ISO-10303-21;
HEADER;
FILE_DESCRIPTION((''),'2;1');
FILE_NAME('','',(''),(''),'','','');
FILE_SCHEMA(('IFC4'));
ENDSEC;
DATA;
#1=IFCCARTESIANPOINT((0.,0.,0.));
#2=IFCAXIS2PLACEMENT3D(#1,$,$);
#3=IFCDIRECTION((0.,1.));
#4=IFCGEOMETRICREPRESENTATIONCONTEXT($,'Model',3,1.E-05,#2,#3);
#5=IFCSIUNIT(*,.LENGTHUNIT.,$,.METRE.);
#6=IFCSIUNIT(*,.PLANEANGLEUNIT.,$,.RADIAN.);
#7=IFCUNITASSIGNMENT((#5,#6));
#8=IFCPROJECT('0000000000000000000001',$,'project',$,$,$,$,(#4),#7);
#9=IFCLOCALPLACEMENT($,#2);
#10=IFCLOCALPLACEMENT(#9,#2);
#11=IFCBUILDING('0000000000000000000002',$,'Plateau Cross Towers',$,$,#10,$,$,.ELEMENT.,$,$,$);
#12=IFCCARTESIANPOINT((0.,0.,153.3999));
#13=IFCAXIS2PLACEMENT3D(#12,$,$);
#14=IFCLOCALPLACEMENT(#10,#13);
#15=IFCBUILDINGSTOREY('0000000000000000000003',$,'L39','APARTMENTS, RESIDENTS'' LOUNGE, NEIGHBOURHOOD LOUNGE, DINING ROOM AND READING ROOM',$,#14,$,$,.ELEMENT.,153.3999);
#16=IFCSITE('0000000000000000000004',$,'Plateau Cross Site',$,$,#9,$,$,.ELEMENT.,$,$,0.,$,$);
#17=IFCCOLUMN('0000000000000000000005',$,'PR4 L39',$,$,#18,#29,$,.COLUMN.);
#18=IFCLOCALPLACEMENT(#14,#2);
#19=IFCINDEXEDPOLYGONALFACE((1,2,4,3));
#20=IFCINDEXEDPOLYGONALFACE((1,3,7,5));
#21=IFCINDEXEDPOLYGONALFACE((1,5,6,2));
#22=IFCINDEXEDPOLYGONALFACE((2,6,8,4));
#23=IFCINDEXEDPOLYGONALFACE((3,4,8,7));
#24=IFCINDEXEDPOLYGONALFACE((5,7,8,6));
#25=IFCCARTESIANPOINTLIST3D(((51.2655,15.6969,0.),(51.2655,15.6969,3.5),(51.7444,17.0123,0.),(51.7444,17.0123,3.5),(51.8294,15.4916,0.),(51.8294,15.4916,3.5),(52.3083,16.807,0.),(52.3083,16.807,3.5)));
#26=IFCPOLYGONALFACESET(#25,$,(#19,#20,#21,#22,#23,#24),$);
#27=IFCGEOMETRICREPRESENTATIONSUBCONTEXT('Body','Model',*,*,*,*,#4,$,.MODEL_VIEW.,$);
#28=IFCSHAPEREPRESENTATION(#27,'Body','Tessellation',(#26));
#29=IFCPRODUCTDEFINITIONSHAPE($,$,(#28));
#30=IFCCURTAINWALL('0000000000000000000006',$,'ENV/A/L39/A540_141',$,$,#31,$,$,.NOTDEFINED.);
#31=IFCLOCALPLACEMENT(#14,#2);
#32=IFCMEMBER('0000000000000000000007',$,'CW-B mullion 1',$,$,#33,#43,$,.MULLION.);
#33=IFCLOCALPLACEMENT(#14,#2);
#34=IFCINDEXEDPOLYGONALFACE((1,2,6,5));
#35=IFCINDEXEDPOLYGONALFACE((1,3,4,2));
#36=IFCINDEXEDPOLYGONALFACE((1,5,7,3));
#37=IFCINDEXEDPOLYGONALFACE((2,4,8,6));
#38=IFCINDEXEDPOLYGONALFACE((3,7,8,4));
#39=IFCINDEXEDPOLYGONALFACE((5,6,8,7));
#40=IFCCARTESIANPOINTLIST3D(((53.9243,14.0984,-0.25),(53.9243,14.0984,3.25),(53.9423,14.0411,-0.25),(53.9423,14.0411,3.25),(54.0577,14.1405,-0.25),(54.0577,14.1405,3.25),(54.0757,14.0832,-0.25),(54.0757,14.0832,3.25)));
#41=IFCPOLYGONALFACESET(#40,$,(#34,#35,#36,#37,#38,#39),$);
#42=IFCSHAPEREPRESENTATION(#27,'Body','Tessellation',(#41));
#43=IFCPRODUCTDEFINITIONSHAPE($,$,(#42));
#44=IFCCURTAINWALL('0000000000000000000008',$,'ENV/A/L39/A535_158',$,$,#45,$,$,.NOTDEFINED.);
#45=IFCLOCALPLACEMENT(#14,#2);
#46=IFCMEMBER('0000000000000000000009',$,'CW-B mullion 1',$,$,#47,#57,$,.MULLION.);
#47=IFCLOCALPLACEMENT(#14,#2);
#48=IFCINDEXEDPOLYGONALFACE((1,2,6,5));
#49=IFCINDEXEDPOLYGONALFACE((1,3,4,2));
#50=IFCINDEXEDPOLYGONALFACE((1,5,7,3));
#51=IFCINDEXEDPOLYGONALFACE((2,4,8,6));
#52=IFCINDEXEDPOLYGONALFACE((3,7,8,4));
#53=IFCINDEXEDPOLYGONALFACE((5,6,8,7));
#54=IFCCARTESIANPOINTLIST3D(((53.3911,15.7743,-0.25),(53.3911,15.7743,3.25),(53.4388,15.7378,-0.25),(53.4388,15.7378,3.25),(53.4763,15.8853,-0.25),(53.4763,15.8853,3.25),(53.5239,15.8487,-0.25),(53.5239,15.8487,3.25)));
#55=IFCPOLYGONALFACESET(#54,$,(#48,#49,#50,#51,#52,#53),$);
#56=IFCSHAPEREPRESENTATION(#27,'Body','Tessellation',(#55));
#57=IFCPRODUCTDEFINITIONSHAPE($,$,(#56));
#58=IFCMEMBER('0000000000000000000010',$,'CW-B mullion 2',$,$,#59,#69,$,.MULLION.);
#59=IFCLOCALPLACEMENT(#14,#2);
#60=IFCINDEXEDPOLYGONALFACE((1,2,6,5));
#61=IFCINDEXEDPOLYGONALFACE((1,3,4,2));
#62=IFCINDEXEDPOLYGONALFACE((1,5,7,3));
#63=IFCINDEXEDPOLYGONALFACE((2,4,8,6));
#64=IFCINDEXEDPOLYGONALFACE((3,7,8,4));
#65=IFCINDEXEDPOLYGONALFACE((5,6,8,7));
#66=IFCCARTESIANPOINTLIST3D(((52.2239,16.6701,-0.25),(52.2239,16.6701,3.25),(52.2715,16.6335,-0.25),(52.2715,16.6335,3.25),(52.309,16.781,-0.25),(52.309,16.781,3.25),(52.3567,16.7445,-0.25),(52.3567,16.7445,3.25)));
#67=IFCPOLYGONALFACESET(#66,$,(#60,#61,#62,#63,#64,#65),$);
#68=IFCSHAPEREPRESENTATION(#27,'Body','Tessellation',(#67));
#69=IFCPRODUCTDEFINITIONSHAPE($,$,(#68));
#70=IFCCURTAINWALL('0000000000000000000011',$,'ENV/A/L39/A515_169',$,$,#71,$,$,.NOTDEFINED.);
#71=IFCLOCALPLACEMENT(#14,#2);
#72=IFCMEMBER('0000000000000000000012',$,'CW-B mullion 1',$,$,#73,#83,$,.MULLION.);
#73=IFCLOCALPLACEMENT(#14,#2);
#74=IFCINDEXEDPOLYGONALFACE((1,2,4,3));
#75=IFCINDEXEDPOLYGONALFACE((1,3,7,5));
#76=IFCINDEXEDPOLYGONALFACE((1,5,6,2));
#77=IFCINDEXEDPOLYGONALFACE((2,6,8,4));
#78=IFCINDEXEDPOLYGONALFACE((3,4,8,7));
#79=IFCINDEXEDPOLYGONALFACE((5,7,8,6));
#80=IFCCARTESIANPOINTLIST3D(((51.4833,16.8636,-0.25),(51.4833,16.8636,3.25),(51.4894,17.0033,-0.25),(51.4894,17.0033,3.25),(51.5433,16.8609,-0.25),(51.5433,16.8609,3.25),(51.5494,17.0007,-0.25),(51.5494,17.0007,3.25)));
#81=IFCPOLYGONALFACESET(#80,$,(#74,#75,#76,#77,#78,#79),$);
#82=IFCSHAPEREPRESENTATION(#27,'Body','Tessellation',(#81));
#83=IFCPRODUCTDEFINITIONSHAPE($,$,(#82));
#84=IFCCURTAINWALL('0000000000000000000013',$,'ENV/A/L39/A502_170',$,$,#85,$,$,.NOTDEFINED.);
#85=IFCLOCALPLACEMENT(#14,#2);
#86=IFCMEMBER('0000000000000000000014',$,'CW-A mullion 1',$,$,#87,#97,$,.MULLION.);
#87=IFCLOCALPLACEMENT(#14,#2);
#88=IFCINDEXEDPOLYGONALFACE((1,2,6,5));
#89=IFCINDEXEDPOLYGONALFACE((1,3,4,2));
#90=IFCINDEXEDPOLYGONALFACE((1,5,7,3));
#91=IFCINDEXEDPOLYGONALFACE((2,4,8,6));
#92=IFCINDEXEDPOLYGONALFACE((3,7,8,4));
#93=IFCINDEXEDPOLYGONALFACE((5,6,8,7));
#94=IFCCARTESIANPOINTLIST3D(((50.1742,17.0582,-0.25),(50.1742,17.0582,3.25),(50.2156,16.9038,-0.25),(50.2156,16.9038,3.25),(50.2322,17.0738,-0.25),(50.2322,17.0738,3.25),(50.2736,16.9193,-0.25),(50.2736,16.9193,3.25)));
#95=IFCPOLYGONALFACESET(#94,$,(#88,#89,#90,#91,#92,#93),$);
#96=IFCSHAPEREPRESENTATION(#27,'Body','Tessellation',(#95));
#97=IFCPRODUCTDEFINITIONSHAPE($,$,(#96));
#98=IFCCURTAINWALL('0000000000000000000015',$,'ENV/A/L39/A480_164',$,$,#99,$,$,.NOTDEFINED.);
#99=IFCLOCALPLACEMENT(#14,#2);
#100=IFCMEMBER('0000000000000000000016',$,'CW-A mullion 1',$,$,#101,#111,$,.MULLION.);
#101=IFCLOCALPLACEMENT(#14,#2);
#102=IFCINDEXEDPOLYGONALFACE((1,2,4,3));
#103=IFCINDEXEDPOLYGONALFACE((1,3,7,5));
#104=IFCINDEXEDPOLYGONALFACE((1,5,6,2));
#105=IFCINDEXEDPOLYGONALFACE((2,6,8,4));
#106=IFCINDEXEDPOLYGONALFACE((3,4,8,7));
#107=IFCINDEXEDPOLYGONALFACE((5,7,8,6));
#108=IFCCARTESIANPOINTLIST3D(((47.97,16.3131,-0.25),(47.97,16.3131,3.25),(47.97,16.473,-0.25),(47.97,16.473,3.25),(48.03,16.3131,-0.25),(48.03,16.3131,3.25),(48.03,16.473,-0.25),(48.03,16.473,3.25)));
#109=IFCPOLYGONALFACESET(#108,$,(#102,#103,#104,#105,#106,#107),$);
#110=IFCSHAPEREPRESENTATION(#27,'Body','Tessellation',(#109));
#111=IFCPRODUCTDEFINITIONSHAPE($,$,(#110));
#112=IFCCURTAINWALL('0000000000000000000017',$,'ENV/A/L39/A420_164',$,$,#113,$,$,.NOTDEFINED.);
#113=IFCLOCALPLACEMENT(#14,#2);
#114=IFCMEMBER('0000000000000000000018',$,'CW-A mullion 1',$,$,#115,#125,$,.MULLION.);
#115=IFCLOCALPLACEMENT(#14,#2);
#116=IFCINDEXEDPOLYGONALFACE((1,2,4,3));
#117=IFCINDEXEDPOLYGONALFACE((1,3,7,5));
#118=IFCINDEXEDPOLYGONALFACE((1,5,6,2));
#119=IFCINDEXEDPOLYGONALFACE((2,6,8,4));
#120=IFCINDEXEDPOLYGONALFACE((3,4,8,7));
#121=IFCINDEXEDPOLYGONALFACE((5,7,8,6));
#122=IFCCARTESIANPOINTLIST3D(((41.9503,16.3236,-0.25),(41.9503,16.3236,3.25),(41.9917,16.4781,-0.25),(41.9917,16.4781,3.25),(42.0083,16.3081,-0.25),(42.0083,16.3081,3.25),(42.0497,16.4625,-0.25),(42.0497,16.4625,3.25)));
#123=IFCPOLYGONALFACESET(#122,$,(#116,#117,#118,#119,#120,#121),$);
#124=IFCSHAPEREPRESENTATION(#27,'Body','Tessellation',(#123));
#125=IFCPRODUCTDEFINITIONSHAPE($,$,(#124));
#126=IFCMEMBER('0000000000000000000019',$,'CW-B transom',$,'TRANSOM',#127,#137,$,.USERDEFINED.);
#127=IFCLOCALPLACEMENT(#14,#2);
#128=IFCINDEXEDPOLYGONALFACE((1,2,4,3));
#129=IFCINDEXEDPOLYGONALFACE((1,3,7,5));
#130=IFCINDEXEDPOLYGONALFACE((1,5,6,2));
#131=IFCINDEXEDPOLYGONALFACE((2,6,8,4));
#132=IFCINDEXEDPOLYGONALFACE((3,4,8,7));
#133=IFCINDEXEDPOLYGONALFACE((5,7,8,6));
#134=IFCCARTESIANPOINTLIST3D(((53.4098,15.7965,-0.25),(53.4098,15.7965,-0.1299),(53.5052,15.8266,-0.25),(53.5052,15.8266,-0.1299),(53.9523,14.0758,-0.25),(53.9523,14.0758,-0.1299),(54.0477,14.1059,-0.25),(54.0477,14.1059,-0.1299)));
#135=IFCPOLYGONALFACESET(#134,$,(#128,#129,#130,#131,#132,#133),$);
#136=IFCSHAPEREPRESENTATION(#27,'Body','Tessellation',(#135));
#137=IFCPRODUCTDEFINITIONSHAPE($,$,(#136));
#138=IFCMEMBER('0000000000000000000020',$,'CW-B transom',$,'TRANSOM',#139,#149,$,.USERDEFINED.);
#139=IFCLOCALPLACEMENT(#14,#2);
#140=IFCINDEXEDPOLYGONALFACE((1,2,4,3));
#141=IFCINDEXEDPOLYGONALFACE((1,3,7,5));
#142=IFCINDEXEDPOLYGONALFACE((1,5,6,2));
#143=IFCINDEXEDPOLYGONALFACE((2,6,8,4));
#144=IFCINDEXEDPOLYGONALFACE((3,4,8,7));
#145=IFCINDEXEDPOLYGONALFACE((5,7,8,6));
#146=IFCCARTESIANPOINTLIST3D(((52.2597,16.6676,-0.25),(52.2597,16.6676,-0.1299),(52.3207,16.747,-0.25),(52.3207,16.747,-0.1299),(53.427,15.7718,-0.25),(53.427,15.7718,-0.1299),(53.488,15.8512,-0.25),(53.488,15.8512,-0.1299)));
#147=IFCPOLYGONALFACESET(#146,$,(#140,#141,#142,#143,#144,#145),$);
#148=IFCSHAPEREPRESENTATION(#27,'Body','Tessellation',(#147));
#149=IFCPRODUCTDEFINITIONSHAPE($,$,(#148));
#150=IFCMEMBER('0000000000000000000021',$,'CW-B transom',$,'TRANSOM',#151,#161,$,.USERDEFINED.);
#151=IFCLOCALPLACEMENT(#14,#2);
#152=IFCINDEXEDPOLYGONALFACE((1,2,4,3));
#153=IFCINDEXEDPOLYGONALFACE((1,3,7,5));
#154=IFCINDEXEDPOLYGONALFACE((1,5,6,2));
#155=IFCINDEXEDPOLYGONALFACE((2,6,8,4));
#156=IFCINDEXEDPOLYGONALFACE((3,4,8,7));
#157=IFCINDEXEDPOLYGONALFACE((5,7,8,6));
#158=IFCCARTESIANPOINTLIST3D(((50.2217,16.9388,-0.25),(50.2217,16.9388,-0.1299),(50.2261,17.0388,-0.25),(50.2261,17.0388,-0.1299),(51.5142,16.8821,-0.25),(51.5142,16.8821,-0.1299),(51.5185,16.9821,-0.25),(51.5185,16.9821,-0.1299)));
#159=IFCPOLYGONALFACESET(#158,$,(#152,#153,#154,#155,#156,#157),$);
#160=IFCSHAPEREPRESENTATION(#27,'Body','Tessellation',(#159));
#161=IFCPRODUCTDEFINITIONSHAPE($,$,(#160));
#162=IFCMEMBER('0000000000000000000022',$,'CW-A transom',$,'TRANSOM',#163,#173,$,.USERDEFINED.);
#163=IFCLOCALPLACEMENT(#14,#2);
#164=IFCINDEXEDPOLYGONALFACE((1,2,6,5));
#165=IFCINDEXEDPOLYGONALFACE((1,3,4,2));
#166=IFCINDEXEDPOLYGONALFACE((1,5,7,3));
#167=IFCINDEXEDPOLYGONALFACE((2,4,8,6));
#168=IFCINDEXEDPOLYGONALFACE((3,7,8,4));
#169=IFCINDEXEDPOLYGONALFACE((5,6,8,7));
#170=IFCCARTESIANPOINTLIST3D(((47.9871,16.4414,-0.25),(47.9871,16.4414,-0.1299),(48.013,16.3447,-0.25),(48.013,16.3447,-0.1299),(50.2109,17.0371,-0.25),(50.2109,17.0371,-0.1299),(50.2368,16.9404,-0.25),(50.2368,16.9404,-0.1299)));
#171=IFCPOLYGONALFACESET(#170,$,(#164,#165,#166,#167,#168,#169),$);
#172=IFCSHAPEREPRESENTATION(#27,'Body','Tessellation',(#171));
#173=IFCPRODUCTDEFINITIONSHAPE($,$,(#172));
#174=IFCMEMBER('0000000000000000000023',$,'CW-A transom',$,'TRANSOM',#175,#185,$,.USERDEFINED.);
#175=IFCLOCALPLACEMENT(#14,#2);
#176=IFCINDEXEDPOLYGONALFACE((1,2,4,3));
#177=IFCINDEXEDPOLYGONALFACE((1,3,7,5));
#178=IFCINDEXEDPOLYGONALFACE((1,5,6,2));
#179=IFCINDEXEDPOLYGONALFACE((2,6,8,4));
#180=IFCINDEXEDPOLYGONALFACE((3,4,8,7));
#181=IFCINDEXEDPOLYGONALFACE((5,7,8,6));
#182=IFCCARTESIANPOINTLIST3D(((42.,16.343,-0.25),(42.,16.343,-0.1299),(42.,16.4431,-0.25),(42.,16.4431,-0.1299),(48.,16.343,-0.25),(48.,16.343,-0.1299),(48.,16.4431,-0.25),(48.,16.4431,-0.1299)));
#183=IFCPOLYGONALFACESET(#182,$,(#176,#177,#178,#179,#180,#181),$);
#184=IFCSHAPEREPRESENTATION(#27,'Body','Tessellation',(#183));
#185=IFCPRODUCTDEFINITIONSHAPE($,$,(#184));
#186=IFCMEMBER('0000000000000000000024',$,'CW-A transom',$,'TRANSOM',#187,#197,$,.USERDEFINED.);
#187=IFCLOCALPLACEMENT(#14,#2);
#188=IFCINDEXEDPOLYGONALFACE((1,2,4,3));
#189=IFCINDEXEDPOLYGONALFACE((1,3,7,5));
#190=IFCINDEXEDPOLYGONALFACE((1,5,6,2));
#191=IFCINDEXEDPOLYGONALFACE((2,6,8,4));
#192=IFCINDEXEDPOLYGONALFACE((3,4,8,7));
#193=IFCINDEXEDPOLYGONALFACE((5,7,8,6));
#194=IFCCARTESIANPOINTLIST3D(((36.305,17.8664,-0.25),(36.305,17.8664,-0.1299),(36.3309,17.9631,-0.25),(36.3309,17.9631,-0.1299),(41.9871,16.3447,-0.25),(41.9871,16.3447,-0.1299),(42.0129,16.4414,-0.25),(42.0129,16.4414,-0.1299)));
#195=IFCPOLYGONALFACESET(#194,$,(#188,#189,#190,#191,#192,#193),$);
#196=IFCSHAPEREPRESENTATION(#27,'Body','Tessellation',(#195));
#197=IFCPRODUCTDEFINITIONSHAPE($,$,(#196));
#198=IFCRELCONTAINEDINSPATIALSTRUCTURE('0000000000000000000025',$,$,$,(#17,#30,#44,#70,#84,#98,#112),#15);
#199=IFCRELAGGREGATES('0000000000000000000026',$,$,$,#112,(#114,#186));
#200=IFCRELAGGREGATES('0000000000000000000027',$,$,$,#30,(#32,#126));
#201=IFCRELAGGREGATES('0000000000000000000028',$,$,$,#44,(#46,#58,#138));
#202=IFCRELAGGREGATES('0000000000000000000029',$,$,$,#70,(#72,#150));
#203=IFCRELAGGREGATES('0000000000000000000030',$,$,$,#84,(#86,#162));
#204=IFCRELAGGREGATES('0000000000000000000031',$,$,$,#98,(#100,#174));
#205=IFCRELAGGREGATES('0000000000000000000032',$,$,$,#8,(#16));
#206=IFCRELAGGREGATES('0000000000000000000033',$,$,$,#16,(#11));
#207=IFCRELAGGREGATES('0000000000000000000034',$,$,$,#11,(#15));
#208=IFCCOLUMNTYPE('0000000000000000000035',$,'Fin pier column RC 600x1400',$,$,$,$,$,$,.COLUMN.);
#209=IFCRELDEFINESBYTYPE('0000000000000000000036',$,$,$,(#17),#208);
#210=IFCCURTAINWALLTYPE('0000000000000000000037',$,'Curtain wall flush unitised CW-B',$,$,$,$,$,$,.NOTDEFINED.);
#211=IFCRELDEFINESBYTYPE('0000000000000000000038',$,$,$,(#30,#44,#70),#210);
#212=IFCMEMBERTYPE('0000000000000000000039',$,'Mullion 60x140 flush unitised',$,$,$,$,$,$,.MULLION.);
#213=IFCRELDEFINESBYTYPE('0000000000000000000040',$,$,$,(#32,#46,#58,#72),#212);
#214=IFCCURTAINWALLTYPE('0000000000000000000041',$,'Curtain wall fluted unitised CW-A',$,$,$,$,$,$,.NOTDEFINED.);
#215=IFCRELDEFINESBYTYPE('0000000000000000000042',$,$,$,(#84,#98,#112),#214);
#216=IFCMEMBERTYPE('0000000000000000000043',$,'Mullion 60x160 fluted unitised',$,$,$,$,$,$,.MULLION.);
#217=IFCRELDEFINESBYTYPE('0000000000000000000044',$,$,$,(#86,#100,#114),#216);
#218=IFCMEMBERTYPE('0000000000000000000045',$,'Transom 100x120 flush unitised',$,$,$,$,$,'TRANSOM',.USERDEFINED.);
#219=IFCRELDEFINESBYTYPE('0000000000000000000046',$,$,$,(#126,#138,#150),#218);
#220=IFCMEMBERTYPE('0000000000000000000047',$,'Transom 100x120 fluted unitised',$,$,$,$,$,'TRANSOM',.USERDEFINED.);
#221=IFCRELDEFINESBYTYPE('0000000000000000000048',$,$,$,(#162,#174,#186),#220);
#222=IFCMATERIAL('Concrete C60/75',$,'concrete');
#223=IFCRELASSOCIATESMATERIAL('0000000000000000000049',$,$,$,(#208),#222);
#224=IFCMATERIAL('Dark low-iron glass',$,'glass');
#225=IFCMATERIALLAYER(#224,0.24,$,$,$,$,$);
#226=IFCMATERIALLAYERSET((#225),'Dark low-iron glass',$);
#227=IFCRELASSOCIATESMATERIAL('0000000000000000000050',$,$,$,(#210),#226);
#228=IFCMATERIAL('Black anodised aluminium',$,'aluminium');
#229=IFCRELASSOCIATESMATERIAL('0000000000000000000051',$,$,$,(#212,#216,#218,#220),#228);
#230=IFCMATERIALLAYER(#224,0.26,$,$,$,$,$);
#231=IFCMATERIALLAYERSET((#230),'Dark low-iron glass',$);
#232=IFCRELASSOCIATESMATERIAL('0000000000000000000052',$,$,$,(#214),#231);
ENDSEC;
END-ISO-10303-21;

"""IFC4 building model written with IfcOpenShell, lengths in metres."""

from ifc_helpers import new_model, si_unit, direction, frame, origin, origin_2d, place, context, subcontext, project, spatial, rectangle, extrude, material, layer, layer_set, material_profile, profile_set, type_object, element, aggregate, save


model = new_model("IFC4")

# Units and contexts
model_context = context("Model", 3, precision=1e-05, world=origin(), true_north=direction((0.0, 1.0)))
body_context = subcontext(model_context, "Body", "Model", "MODEL_VIEW")
ifc_project = project(units=[si_unit("LENGTHUNIT", "METRE"), si_unit("PLANEANGLEUNIT", "RADIAN")], contexts=[model_context])

# Site, building, storey
site_placement = place(None, origin())
site = spatial("IfcSite", under=ifc_project, at=site_placement, Name="Plateau Cross Site", CompositionType="ELEMENT", RefElevation=0.0)
building_placement = place(site_placement, origin())
building = spatial("IfcBuilding", under=site, at=building_placement, Name="Plateau Cross Towers", CompositionType="ELEMENT")
storey_placement = place(building_placement, frame((0.0, 0.0, 153.3999)))
storey = spatial("IfcBuildingStorey", under=building, at=storey_placement, Name="L39", Description="APARTMENTS, RESIDENTS' LOUNGE, NEIGHBOURHOOD LOUNGE, DINING ROOM AND READING ROOM", CompositionType="ELEMENT", Elevation=153.3999)

# Column
ifc_material_1 = material(Name="Concrete C60/75", Category="concrete")
ifc_material_profile_1 = material_profile(ifc_material_1, rectangle(XDim=0.6001, YDim=1.3999, at=origin_2d()), Name="RC 600x1400")
ifc_profile_set_1 = profile_set([ifc_material_profile_1], Name="Concrete C60/75")
column_type = type_object("IfcColumnType", Name="Fin pier column RC 600x1400", PredefinedType="COLUMN", material=ifc_profile_set_1)
column_placement = place(storey_placement, frame((51.7869, 16.252, 0.0), z_axis=(0.0, 0.0, 1.0), x_axis=(-0.939664, 0.342098, 0.0)))
element("IfcColumn", 1, at=column_placement, inside=storey, type_object=column_type, Name="PR4 L39", PredefinedType="COLUMN", context=body_context, shape_type="SweptSolid", body=[
    extrude(rectangle(XDim=0.6001, YDim=1.3999, at=origin_2d()), origin(), (0.0, 0.0, 1.0), 3.5),
])

# Curtain wall, member
ifc_material_2 = material(Name="Dark low-iron glass", Category="glass")
ifc_layer_1 = layer(ifc_material_2, 0.24)
ifc_layer_set_1 = layer_set([ifc_layer_1], Name="Dark low-iron glass")
curtain_wall_type_1 = type_object("IfcCurtainWallType", Name="Curtain wall flush unitised CW-B", PredefinedType="NOTDEFINED", material=ifc_layer_set_1)
curtain_wall_1_placement = place(storey_placement, origin())
curtain_wall_1 = element("IfcCurtainWall", 2, at=curtain_wall_1_placement, inside=storey, type_object=curtain_wall_type_1, Name="ENV/A/L39/A540_141", PredefinedType="NOTDEFINED")
ifc_material_3 = material(Name="Black anodised aluminium", Category="aluminium")
ifc_material_profile_2 = material_profile(ifc_material_3, rectangle(XDim=0.0601, YDim=0.1399, at=origin_2d()), Name="MULLION 60x140")
ifc_profile_set_2 = profile_set([ifc_material_profile_2], Name="Black anodised aluminium")
member_type_1 = type_object("IfcMemberType", Name="Mullion 60x140 flush unitised", PredefinedType="MULLION", material=ifc_profile_set_2)
member_1_placement = place(storey_placement, frame((54.0, 14.0908, -0.25), z_axis=(0.0, 0.0, 1.0), x_axis=(-0.300686, 0.953723, 0.0)))
member_1 = element("IfcMember", 3, at=member_1_placement, type_object=member_type_1, Name="CW-B mullion 1", PredefinedType="MULLION", context=body_context, shape_type="SweptSolid", body=[
    extrude(rectangle(XDim=0.0601, YDim=0.1399, at=origin_2d()), origin(), (0.0, 0.0, 1.0), 3.5),
])

# Curtain wall, members
curtain_wall_2_placement = place(storey_placement, origin())
curtain_wall_2 = element("IfcCurtainWall", 4, at=curtain_wall_2_placement, inside=storey, type_object=curtain_wall_type_1, Name="ENV/A/L39/A535_158", PredefinedType="NOTDEFINED")
member_2_placement = place(storey_placement, frame((53.4575, 15.8115, -0.25), z_axis=(0.0, 0.0, 1.0), x_axis=(-0.793316, 0.608811, 0.0)))
member_2 = element("IfcMember", 5, at=member_2_placement, type_object=member_type_1, Name="CW-B mullion 1", PredefinedType="MULLION", context=body_context, shape_type="SweptSolid", body=[
    extrude(rectangle(XDim=0.0601, YDim=0.1399, at=origin_2d()), origin(), (0.0, 0.0, 1.0), 3.5),
])
member_3_placement = place(storey_placement, frame((52.2903, 16.7073, -0.25), z_axis=(0.0, 0.0, 1.0), x_axis=(-0.793316, 0.608811, 0.0)))
member_3 = element("IfcMember", 6, at=member_3_placement, type_object=member_type_1, Name="CW-B mullion 2", PredefinedType="MULLION", context=body_context, shape_type="SweptSolid", body=[
    extrude(rectangle(XDim=0.0601, YDim=0.1399, at=origin_2d()), origin(), (0.0, 0.0, 1.0), 3.5),
])

# Curtain walls, members
curtain_wall_3_placement = place(storey_placement, origin())
curtain_wall_3 = element("IfcCurtainWall", 7, at=curtain_wall_3_placement, inside=storey, type_object=curtain_wall_type_1, Name="ENV/A/L39/A515_169", PredefinedType="NOTDEFINED")
member_4_placement = place(storey_placement, frame((51.5164, 16.9321, -0.25), z_axis=(0.0, 0.0, 1.0), x_axis=(-0.999044, 0.043723, 0.0)))
member_4 = element("IfcMember", 8, at=member_4_placement, type_object=member_type_1, Name="CW-B mullion 1", PredefinedType="MULLION", context=body_context, shape_type="SweptSolid", body=[
    extrude(rectangle(XDim=0.0601, YDim=0.1399, at=origin_2d()), origin(), (0.0, 0.0, 1.0), 3.5),
])
ifc_layer_2 = layer(ifc_material_2, 0.26)
ifc_layer_set_2 = layer_set([ifc_layer_2], Name="Dark low-iron glass")
curtain_wall_type_2 = type_object("IfcCurtainWallType", Name="Curtain wall fluted unitised CW-A", PredefinedType="NOTDEFINED", material=ifc_layer_set_2)
curtain_wall_4_placement = place(storey_placement, origin())
curtain_wall_4 = element("IfcCurtainWall", 9, at=curtain_wall_4_placement, inside=storey, type_object=curtain_wall_type_2, Name="ENV/A/L39/A502_170", PredefinedType="NOTDEFINED")
ifc_material_profile_3 = material_profile(ifc_material_3, rectangle(XDim=0.0601, YDim=0.1599, at=origin_2d()), Name="MULLION 60x160")
ifc_profile_set_3 = profile_set([ifc_material_profile_3], Name="Black anodised aluminium")
member_type_2 = type_object("IfcMemberType", Name="Mullion 60x160 fluted unitised", PredefinedType="MULLION", material=ifc_profile_set_3)
member_5_placement = place(storey_placement, frame((50.2239, 16.9888, -0.25), z_axis=(0.0, 0.0, 1.0), x_axis=(-0.965958, -0.258699, 0.0)))
member_5 = element("IfcMember", 10, at=member_5_placement, type_object=member_type_2, Name="CW-A mullion 1", PredefinedType="MULLION", context=body_context, shape_type="SweptSolid", body=[
    extrude(rectangle(XDim=0.0601, YDim=0.1599, at=origin_2d()), origin(), (0.0, 0.0, 1.0), 3.5),
])
curtain_wall_5_placement = place(storey_placement, origin())
curtain_wall_5 = element("IfcCurtainWall", 11, at=curtain_wall_5_placement, inside=storey, type_object=curtain_wall_type_2, Name="ENV/A/L39/A480_164", PredefinedType="NOTDEFINED")
member_6_placement = place(storey_placement, frame((48.0, 16.3931, -0.25), z_axis=(0.0, 0.0, 1.0), x_axis=(-1.0, 0.0, 0.0)))
member_6 = element("IfcMember", 12, at=member_6_placement, type_object=member_type_2, Name="CW-A mullion 1", PredefinedType="MULLION", context=body_context, shape_type="SweptSolid", body=[
    extrude(rectangle(XDim=0.0601, YDim=0.1599, at=origin_2d()), origin(), (0.0, 0.0, 1.0), 3.5),
])
curtain_wall_6_placement = place(storey_placement, origin())
curtain_wall_6 = element("IfcCurtainWall", 13, at=curtain_wall_6_placement, inside=storey, type_object=curtain_wall_type_2, Name="ENV/A/L39/A420_164", PredefinedType="NOTDEFINED")
member_7_placement = place(storey_placement, frame((42.0, 16.3931, -0.25), z_axis=(0.0, 0.0, 1.0), x_axis=(-0.965958, 0.258699, 0.0)))
member_7 = element("IfcMember", 14, at=member_7_placement, type_object=member_type_2, Name="CW-A mullion 1", PredefinedType="MULLION", context=body_context, shape_type="SweptSolid", body=[
    extrude(rectangle(XDim=0.0601, YDim=0.1599, at=origin_2d()), origin(), (0.0, 0.0, 1.0), 3.5),
])

# Members
ifc_material_profile_4 = material_profile(ifc_material_3, rectangle(XDim=0.1001, YDim=0.1201, at=origin_2d()), Name="TRANSOM 100x120")
ifc_profile_set_4 = profile_set([ifc_material_profile_4], Name="Black anodised aluminium")
member_type_3 = type_object("IfcMemberType", Name="Transom 100x120 flush unitised", ElementType="TRANSOM", PredefinedType="USERDEFINED", material=ifc_profile_set_4)
member_8_placement = place(storey_placement, frame((54.0, 14.0908, -0.1899), z_axis=(-0.300678, 0.953726, 0.0), x_axis=(-0.953726, -0.300678, 0.0)))
member_8 = element("IfcMember", 15, at=member_8_placement, type_object=member_type_3, Name="CW-B transom", ObjectType="TRANSOM", PredefinedType="USERDEFINED", context=body_context, shape_type="SweptSolid", body=[
    extrude(rectangle(XDim=0.1001, YDim=0.1201, at=origin_2d()), origin(), (0.0, 0.0, 1.0), 1.8042),
])
member_9_placement = place(storey_placement, frame((53.4575, 15.8115, -0.1899), z_axis=(-0.793321, 0.608804, 0.0), x_axis=(-0.608804, -0.793321, 0.0)))
member_9 = element("IfcMember", 16, at=member_9_placement, type_object=member_type_3, Name="CW-B transom", ObjectType="TRANSOM", PredefinedType="USERDEFINED", context=body_context, shape_type="SweptSolid", body=[
    extrude(rectangle(XDim=0.1001, YDim=0.1201, at=origin_2d()), origin(), (0.0, 0.0, 1.0), 1.4714),
])
member_10_placement = place(storey_placement, frame((51.5164, 16.9321, -0.1899), z_axis=(-0.999041, 0.043781, 0.0), x_axis=(-0.043781, -0.999041, 0.0)))
member_10 = element("IfcMember", 17, at=member_10_placement, type_object=member_type_3, Name="CW-B transom", ObjectType="TRANSOM", PredefinedType="USERDEFINED", context=body_context, shape_type="SweptSolid", body=[
    extrude(rectangle(XDim=0.1001, YDim=0.1201, at=origin_2d()), origin(), (0.0, 0.0, 1.0), 1.2937),
])
ifc_material_profile_5 = material_profile(ifc_material_3, rectangle(XDim=0.1001, YDim=0.1201, at=origin_2d()), Name="TRANSOM 100x120")
ifc_profile_set_5 = profile_set([ifc_material_profile_5], Name="Black anodised aluminium")
member_type_4 = type_object("IfcMemberType", Name="Transom 100x120 fluted unitised", ElementType="TRANSOM", PredefinedType="USERDEFINED", material=ifc_profile_set_5)
member_11_placement = place(storey_placement, frame((50.2239, 16.9888, -0.1899), z_axis=(-0.965946, -0.258745, 0.0), x_axis=(0.258745, -0.965946, 0.0)))
member_11 = element("IfcMember", 18, at=member_11_placement, type_object=member_type_4, Name="CW-A transom", ObjectType="TRANSOM", PredefinedType="USERDEFINED", context=body_context, shape_type="SweptSolid", body=[
    extrude(rectangle(XDim=0.1001, YDim=0.1201, at=origin_2d()), origin(), (0.0, 0.0, 1.0), 2.3022),
])
member_12_placement = place(storey_placement, frame((48.0, 16.3931, -0.1899), z_axis=(-1.0, 0.0, 0.0), x_axis=(0.0, -1.0, 0.0)))
member_12 = element("IfcMember", 19, at=member_12_placement, type_object=member_type_4, Name="CW-A transom", ObjectType="TRANSOM", PredefinedType="USERDEFINED", context=body_context, shape_type="SweptSolid", body=[
    extrude(rectangle(XDim=0.1001, YDim=0.1201, at=origin_2d()), origin(), (0.0, 0.0, 1.0), 6.0),
])
member_13_placement = place(storey_placement, frame((42.0, 16.3931, -0.1899), z_axis=(-0.96596, 0.258693, 0.0), x_axis=(-0.258693, -0.96596, 0.0)))
member_13 = element("IfcMember", 20, at=member_13_placement, type_object=member_type_4, Name="CW-A transom", ObjectType="TRANSOM", PredefinedType="USERDEFINED", context=body_context, shape_type="SweptSolid", body=[
    extrude(rectangle(XDim=0.1001, YDim=0.1201, at=origin_2d()), origin(), (0.0, 0.0, 1.0), 5.8823),
])
aggregate(curtain_wall_6, [member_7, member_13])

aggregate(curtain_wall_1, [member_1, member_8])
aggregate(curtain_wall_2, [member_2, member_3, member_9])
aggregate(curtain_wall_3, [member_4, member_10])
aggregate(curtain_wall_4, [member_5, member_11])
aggregate(curtain_wall_5, [member_6, member_12])

save(model, "model.ifc")
